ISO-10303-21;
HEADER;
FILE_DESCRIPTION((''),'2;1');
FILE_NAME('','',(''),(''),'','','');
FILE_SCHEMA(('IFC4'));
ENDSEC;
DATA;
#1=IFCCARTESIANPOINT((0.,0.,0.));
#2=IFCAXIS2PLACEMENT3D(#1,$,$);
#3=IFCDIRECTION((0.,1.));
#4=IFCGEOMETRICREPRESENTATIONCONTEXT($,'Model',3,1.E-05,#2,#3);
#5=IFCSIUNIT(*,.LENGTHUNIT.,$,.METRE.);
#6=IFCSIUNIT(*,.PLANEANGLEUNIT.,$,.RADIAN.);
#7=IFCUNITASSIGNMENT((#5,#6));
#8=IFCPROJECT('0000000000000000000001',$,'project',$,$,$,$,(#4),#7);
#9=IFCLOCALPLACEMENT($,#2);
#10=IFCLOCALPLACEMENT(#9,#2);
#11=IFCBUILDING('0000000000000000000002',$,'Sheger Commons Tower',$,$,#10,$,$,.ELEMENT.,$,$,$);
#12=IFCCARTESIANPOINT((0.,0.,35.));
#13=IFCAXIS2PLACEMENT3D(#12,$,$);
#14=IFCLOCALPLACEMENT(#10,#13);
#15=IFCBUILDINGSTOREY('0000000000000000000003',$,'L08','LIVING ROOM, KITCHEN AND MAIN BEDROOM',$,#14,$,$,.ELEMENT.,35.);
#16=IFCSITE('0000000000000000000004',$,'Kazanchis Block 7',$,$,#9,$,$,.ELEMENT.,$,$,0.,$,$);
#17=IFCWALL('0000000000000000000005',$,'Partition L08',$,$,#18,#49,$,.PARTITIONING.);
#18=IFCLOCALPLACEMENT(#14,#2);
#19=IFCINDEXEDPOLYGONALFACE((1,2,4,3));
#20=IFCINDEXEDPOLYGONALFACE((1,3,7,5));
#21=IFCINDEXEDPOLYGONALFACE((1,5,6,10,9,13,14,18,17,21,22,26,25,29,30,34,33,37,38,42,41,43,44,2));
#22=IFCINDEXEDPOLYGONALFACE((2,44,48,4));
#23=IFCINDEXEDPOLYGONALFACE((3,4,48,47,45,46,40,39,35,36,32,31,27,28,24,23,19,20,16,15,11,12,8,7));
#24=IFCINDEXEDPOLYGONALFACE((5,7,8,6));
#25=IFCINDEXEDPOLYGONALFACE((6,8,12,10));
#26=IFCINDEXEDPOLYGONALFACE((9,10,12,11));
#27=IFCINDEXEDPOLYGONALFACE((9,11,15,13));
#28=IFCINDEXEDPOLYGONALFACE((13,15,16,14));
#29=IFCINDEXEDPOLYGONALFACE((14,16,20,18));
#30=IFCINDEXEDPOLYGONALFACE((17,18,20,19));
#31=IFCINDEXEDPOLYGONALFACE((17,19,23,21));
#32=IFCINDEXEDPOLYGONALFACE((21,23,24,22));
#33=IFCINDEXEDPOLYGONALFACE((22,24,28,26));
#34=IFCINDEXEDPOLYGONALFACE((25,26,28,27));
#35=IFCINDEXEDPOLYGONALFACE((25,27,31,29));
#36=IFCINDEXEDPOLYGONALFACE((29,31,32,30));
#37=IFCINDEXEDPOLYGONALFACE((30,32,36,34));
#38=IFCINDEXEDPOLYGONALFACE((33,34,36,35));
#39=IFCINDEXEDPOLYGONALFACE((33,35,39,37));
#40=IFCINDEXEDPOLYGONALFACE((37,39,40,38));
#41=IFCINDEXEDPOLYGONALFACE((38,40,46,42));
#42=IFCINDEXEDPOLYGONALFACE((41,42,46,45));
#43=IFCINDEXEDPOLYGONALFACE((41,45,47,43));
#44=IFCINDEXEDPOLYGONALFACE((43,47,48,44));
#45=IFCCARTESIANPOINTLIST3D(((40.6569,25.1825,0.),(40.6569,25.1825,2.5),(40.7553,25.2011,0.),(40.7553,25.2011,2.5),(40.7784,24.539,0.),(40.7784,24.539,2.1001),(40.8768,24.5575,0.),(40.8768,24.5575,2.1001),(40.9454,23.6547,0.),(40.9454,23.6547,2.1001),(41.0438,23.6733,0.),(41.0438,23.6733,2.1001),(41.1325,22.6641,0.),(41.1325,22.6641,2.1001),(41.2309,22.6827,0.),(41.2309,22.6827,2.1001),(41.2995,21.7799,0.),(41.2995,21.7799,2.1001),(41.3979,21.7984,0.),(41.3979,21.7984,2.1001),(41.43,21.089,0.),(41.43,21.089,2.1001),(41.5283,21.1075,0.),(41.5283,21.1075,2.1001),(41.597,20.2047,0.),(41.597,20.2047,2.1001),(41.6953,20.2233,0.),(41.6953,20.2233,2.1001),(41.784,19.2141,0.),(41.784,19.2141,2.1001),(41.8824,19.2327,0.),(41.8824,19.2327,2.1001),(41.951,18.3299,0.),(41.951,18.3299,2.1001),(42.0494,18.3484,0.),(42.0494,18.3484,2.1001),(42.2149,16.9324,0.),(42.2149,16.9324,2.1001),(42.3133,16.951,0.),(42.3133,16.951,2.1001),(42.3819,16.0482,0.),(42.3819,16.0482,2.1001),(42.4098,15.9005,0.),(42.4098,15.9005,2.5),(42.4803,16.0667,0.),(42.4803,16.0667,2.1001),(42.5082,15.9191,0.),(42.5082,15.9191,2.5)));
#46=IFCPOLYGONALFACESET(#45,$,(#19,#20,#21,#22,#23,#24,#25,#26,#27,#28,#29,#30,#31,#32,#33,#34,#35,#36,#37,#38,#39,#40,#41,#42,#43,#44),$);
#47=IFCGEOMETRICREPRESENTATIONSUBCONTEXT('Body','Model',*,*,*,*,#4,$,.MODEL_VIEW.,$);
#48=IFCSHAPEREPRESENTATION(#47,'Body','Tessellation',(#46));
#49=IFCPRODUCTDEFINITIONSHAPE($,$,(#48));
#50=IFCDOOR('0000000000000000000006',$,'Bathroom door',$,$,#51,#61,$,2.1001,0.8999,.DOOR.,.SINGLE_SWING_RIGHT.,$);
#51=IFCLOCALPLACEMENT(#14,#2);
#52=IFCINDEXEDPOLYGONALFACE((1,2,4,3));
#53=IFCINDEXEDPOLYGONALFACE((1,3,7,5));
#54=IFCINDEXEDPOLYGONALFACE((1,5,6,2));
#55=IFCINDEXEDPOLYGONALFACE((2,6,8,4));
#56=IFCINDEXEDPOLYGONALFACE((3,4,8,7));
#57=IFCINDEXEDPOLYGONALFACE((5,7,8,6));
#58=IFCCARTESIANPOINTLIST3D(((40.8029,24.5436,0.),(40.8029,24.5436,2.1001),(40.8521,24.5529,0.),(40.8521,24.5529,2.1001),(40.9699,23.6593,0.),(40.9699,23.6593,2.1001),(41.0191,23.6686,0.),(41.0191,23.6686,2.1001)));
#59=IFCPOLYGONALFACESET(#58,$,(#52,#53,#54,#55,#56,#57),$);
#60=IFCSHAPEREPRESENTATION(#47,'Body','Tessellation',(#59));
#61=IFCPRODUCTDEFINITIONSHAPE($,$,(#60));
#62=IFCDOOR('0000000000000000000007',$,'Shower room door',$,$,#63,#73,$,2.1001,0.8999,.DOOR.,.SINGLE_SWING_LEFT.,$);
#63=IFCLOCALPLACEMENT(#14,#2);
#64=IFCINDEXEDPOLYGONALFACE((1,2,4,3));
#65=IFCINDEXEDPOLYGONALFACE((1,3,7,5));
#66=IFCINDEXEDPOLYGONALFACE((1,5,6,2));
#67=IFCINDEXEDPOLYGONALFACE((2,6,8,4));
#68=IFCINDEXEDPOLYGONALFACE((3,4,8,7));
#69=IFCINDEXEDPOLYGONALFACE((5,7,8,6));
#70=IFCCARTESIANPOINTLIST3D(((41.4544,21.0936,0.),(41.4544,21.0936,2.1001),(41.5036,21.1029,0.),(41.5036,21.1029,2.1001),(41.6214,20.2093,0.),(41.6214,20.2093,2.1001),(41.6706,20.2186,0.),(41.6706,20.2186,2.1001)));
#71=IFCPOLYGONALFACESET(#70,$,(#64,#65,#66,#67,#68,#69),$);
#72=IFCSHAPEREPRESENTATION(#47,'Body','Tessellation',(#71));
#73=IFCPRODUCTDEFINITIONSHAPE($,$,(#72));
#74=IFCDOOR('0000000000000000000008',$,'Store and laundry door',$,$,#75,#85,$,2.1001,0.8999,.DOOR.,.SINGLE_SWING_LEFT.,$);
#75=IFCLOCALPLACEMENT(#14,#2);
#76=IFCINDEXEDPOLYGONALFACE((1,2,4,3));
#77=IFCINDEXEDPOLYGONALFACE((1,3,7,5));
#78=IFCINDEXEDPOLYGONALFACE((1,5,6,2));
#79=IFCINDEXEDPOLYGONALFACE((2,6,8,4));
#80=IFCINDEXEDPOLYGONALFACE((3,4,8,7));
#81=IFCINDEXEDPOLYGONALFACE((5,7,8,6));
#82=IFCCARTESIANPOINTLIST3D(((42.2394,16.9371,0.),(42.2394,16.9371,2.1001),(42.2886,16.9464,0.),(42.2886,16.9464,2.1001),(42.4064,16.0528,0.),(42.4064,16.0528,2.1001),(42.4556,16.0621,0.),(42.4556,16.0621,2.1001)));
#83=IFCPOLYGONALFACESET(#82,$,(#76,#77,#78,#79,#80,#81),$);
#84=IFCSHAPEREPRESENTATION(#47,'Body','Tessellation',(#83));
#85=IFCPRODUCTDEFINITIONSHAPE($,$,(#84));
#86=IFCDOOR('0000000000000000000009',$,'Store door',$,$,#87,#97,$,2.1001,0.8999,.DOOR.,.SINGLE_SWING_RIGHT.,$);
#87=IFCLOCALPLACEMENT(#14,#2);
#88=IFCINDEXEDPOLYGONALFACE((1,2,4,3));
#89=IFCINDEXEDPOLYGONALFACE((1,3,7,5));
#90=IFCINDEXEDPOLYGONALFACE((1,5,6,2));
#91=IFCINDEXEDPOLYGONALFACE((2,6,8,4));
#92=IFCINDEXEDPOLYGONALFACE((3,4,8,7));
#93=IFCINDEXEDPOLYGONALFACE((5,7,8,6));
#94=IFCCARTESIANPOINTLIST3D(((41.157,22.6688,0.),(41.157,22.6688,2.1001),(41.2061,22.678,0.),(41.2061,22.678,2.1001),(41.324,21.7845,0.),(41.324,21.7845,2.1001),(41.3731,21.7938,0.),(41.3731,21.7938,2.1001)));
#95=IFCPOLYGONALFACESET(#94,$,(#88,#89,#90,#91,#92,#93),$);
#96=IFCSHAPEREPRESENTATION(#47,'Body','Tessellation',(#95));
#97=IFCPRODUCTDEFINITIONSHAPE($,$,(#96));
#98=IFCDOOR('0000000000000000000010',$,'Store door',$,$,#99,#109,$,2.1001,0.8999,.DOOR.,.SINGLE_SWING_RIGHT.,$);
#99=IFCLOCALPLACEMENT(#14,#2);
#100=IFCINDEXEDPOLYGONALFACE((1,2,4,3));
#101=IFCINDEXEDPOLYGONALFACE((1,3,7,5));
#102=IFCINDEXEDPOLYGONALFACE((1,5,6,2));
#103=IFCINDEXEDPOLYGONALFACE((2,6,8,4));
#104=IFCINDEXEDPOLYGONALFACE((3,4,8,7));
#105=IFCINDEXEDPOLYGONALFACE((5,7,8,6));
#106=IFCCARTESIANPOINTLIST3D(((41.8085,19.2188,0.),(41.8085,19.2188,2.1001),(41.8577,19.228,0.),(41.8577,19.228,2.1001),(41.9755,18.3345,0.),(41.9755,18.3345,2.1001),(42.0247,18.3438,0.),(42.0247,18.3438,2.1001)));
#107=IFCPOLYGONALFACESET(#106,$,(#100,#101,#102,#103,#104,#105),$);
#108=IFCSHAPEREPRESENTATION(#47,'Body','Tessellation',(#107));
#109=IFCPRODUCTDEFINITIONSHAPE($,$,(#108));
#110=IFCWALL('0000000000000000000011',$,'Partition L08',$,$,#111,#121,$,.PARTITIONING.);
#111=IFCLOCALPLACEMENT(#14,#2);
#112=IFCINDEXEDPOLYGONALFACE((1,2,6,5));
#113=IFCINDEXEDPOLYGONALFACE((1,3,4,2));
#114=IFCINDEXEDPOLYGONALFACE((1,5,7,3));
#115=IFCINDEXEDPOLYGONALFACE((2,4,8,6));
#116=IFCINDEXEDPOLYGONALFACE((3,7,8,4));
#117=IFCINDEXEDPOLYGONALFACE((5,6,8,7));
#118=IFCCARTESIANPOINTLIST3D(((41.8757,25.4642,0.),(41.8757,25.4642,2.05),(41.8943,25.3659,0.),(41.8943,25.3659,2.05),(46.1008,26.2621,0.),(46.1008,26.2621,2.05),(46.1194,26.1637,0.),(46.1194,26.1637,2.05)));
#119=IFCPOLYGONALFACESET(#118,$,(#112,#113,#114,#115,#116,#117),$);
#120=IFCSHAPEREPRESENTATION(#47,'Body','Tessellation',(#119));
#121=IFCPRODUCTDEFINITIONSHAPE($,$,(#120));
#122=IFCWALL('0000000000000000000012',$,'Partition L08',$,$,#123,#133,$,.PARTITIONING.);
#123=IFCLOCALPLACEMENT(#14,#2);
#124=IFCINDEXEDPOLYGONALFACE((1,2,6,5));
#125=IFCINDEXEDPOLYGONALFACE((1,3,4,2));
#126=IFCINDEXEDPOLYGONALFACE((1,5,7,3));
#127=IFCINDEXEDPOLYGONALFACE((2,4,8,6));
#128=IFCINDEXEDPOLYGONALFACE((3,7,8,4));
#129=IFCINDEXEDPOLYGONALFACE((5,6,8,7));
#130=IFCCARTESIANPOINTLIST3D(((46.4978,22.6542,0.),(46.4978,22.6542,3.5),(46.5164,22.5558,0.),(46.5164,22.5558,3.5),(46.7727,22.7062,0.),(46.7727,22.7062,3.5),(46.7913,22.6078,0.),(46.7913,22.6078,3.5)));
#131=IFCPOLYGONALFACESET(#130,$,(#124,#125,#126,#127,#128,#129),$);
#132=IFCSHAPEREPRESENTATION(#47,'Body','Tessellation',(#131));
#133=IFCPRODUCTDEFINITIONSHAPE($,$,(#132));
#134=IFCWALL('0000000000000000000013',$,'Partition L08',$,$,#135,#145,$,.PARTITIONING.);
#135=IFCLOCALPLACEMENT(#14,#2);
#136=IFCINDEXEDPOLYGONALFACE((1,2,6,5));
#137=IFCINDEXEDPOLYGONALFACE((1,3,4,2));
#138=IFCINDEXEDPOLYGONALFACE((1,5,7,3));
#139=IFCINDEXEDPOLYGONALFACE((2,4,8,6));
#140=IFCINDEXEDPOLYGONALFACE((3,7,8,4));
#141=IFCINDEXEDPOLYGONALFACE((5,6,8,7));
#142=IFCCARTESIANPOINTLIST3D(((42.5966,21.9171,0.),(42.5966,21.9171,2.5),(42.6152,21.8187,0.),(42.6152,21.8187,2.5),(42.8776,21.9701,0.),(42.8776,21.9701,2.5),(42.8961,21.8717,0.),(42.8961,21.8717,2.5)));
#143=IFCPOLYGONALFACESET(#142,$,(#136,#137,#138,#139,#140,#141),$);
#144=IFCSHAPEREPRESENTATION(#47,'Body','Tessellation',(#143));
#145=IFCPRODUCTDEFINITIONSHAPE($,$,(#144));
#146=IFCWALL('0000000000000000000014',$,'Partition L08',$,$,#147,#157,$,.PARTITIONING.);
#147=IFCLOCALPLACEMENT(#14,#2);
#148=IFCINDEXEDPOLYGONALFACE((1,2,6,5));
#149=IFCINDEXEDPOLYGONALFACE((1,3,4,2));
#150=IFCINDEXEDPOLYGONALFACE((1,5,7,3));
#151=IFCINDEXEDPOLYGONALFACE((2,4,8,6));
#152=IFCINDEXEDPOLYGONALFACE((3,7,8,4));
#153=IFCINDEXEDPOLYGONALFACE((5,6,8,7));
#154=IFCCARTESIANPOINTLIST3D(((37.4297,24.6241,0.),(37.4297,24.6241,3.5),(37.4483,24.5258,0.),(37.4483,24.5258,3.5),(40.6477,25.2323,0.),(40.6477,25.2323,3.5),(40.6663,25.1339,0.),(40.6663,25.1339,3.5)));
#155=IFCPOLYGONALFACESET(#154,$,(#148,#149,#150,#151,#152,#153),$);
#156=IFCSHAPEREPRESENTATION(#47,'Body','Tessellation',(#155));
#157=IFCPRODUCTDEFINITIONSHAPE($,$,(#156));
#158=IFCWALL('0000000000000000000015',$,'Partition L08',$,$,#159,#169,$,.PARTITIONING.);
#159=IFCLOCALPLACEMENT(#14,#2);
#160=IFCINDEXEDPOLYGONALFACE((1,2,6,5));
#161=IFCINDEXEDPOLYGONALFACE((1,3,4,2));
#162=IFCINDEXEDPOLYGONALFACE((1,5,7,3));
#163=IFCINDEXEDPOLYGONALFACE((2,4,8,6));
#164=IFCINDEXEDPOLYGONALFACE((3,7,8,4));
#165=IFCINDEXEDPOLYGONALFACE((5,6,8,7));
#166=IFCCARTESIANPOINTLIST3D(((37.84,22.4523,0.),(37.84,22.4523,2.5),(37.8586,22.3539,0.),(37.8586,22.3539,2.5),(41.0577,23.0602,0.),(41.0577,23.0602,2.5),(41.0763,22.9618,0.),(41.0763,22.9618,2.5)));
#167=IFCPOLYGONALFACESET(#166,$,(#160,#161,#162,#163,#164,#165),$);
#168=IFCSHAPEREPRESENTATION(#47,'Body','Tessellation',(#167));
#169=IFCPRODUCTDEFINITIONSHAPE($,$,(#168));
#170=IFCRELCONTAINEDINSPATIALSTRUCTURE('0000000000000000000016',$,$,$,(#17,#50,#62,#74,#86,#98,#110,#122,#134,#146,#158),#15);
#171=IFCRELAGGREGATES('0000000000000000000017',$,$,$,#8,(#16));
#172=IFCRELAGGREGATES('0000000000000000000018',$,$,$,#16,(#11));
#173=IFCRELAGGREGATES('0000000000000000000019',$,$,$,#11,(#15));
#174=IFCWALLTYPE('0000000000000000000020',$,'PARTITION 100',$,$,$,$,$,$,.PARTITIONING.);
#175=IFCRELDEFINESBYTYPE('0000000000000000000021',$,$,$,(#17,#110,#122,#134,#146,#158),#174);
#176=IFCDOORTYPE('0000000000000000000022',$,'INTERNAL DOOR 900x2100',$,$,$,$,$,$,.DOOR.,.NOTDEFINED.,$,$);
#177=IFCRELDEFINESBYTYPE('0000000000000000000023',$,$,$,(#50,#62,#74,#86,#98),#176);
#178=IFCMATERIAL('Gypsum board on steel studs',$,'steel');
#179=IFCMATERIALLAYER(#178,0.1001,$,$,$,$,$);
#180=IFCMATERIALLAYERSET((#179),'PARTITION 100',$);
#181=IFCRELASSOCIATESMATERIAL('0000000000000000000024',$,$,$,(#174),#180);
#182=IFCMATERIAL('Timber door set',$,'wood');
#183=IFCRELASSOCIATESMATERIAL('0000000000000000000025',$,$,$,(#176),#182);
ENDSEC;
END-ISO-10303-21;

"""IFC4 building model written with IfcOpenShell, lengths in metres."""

from ifc_helpers import new_model, si_unit, direction, frame, frame_2d, origin, place, context, subcontext, project, spatial, rectangle, extrude, material, layer, layer_set, type_object, element, fill, save


model = new_model("IFC4")

# Units and contexts
model_context = context("Model", 3, precision=1e-05, world=origin(), true_north=direction((0.0, 1.0)))
body_context = subcontext(model_context, "Body", "Model", "MODEL_VIEW")
ifc_project = project(units=[si_unit("LENGTHUNIT", "METRE"), si_unit("PLANEANGLEUNIT", "RADIAN")], contexts=[model_context])

# Site, building, storey
site_placement = place(None, origin())
site = spatial("IfcSite", under=ifc_project, at=site_placement, Name="Kazanchis Block 7", CompositionType="ELEMENT", RefElevation=0.0)
building_placement = place(site_placement, origin())
building = spatial("IfcBuilding", under=site, at=building_placement, Name="Sheger Commons Tower", CompositionType="ELEMENT")
storey_placement = place(building_placement, frame((0.0, 0.0, 35.0)))
storey = spatial("IfcBuildingStorey", under=building, at=storey_placement, Name="L08", Description="LIVING ROOM, KITCHEN AND MAIN BEDROOM", CompositionType="ELEMENT", Elevation=35.0)

# Wall, openings, doors
ifc_material_1 = material(Name="Gypsum board on steel studs", Category="steel")
ifc_layer_1 = layer(ifc_material_1, 0.1001)
ifc_layer_set_1 = layer_set([ifc_layer_1], Name="PARTITION 100")
wall_type_1 = type_object("IfcWallType", Name="PARTITION 100", PredefinedType="PARTITIONING", material=ifc_layer_set_1)
ifc_material_2 = material(Name="Timber door set", Category="wood")
door_type = type_object("IfcDoorType", Name="INTERNAL DOOR 900x2100", OperationType="NOTDEFINED", PredefinedType="DOOR", material=ifc_material_2)
wall_1_placement = place(storey_placement, frame((40.7061, 25.1919, 0.0), z_axis=(0.0, 0.0, 1.0), x_axis=(0.185573, -0.982631, 0.0)))
wall_1 = element("IfcWall", 1, at=wall_1_placement, inside=storey, type_object=wall_type_1, Name="Partition L08", PredefinedType="PARTITIONING", context=body_context, shape_type="SweptSolid", body=[
    extrude(rectangle(XDim=9.446, YDim=0.1001, at=frame_2d((4.7231, 0.0))), origin(), (0.0, 0.0, 1.0), 2.5),
])
opening_1_placement = place(wall_1_placement, frame((0.655, 0.0, 0.0)))
opening_1 = element("IfcOpeningElement", 2, at=opening_1_placement, cuts=wall_1, PredefinedType="OPENING", context=body_context, shape_type="SweptSolid", body=[
    extrude(rectangle(XDim=0.8999, YDim=2.1001, at=frame_2d((0.45, 1.05))), frame((0.0, 0.0601, 0.0), z_axis=(0.0, -1.0, 0.0), x_axis=(1.0, 0.0, 0.0)), (0.0, 0.0, 1.0), 0.1201),
])
opening_2_placement = place(wall_1_placement, frame((4.166, 0.0, 0.0)))
opening_2 = element("IfcOpeningElement", 3, at=opening_2_placement, cuts=wall_1, PredefinedType="OPENING", context=body_context, shape_type="SweptSolid", body=[
    extrude(rectangle(XDim=0.8999, YDim=2.1001, at=frame_2d((0.45, 1.05))), frame((0.0, 0.0601, 0.0), z_axis=(0.0, -1.0, 0.0), x_axis=(1.0, 0.0, 0.0)), (0.0, 0.0, 1.0), 0.1201),
])
opening_3_placement = place(wall_1_placement, frame((8.396, 0.0, 0.0)))
opening_3 = element("IfcOpeningElement", 4, at=opening_3_placement, cuts=wall_1, PredefinedType="OPENING", context=body_context, shape_type="SweptSolid", body=[
    extrude(rectangle(XDim=0.8999, YDim=2.1001, at=frame_2d((0.45, 1.05))), frame((0.0, 0.0601, 0.0), z_axis=(0.0, -1.0, 0.0), x_axis=(1.0, 0.0, 0.0)), (0.0, 0.0, 1.0), 0.1201),
])
opening_4_placement = place(wall_1_placement, frame((2.563, 0.0, 0.0)))
opening_4 = element("IfcOpeningElement", 5, at=opening_4_placement, cuts=wall_1, PredefinedType="OPENING", context=body_context, shape_type="SweptSolid", body=[
    extrude(rectangle(XDim=0.8999, YDim=2.1001, at=frame_2d((0.45, 1.05))), frame((0.0, 0.0601, 0.0), z_axis=(0.0, -1.0, 0.0), x_axis=(1.0, 0.0, 0.0)), (0.0, 0.0, 1.0), 0.1201),
])
opening_5_placement = place(wall_1_placement, frame((6.074, 0.0, 0.0)))
opening_5 = element("IfcOpeningElement", 6, at=opening_5_placement, cuts=wall_1, PredefinedType="OPENING", context=body_context, shape_type="SweptSolid", body=[
    extrude(rectangle(XDim=0.8999, YDim=2.1001, at=frame_2d((0.45, 1.05))), frame((0.0, 0.0601, 0.0), z_axis=(0.0, -1.0, 0.0), x_axis=(1.0, 0.0, 0.0)), (0.0, 0.0, 1.0), 0.1201),
])
door_1_placement = place(opening_1_placement, origin())
door_1 = element("IfcDoor", 7, at=door_1_placement, inside=storey, type_object=door_type, Name="Bathroom door", OperationType="SINGLE_SWING_RIGHT", OverallHeight=2.1001, OverallWidth=0.8999, PredefinedType="DOOR", context=body_context, shape_type="SweptSolid", body=[
    extrude(rectangle(XDim=0.8999, YDim=2.1001, at=frame_2d((0.45, 1.05))), frame((0.0, 0.0249, 0.0), z_axis=(0.0, -1.0, 0.0), x_axis=(1.0, 0.0, 0.0)), (0.0, 0.0, 1.0), 0.05),
])
fill(opening_1, door_1)
door_2_placement = place(opening_2_placement, origin())
door_2 = element("IfcDoor", 8, at=door_2_placement, inside=storey, type_object=door_type, Name="Shower room door", OperationType="SINGLE_SWING_LEFT", OverallHeight=2.1001, OverallWidth=0.8999, PredefinedType="DOOR", context=body_context, shape_type="SweptSolid", body=[
    extrude(rectangle(XDim=0.8999, YDim=2.1001, at=frame_2d((0.45, 1.05))), frame((0.0, 0.0249, 0.0), z_axis=(0.0, -1.0, 0.0), x_axis=(1.0, 0.0, 0.0)), (0.0, 0.0, 1.0), 0.05),
])
fill(opening_2, door_2)
door_3_placement = place(opening_3_placement, origin())
door_3 = element("IfcDoor", 9, at=door_3_placement, inside=storey, type_object=door_type, Name="Store and laundry door", OperationType="SINGLE_SWING_LEFT", OverallHeight=2.1001, OverallWidth=0.8999, PredefinedType="DOOR", context=body_context, shape_type="SweptSolid", body=[
    extrude(rectangle(XDim=0.8999, YDim=2.1001, at=frame_2d((0.45, 1.05))), frame((0.0, 0.0249, 0.0), z_axis=(0.0, -1.0, 0.0), x_axis=(1.0, 0.0, 0.0)), (0.0, 0.0, 1.0), 0.05),
])
fill(opening_3, door_3)
door_4_placement = place(opening_4_placement, origin())
door_4 = element("IfcDoor", 10, at=door_4_placement, inside=storey, type_object=door_type, Name="Store door", OperationType="SINGLE_SWING_RIGHT", OverallHeight=2.1001, OverallWidth=0.8999, PredefinedType="DOOR", context=body_context, shape_type="SweptSolid", body=[
    extrude(rectangle(XDim=0.8999, YDim=2.1001, at=frame_2d((0.45, 1.05))), frame((0.0, 0.0249, 0.0), z_axis=(0.0, -1.0, 0.0), x_axis=(1.0, 0.0, 0.0)), (0.0, 0.0, 1.0), 0.05),
])
fill(opening_4, door_4)
door_5_placement = place(opening_5_placement, origin())
door_5 = element("IfcDoor", 11, at=door_5_placement, inside=storey, type_object=door_type, Name="Store door", OperationType="SINGLE_SWING_RIGHT", OverallHeight=2.1001, OverallWidth=0.8999, PredefinedType="DOOR", context=body_context, shape_type="SweptSolid", body=[
    extrude(rectangle(XDim=0.8999, YDim=2.1001, at=frame_2d((0.45, 1.05))), frame((0.0, 0.0249, 0.0), z_axis=(0.0, -1.0, 0.0), x_axis=(1.0, 0.0, 0.0)), (0.0, 0.0, 1.0), 0.05),
])
fill(opening_5, door_5)

# Walls
wall_2_placement = place(storey_placement, frame((46.1101, 26.2129, 0.0), z_axis=(0.0, 0.0, 1.0), x_axis=(-0.982634, -0.185557, 0.0)))
element("IfcWall", 12, at=wall_2_placement, inside=storey, type_object=wall_type_1, Name="Partition L08", PredefinedType="PARTITIONING", context=body_context, shape_type="SweptSolid", body=[
    extrude(rectangle(XDim=4.2998, YDim=0.1001, at=frame_2d((2.1499, 0.0))), origin(), (0.0, 0.0, 1.0), 2.05),
])
wall_3_placement = place(storey_placement, frame((46.782, 22.657, 0.0), z_axis=(0.0, 0.0, 1.0), x_axis=(-0.982575, -0.185869, 0.0)))
element("IfcWall", 13, at=wall_3_placement, inside=storey, type_object=wall_type_1, Name="Partition L08", PredefinedType="PARTITIONING", context=body_context, shape_type="SweptSolid", body=[
    extrude(rectangle(XDim=0.2798, YDim=0.1001, at=frame_2d((0.1399, 0.0))), origin(), (0.0, 0.0, 1.0), 3.5),
])
wall_4_placement = place(storey_placement, frame((42.887, 21.9209, 0.0), z_axis=(0.0, 0.0, 1.0), x_axis=(-0.982688, -0.185268, 0.0)))
element("IfcWall", 14, at=wall_4_placement, inside=storey, type_object=wall_type_1, Name="Partition L08", PredefinedType="PARTITIONING", context=body_context, shape_type="SweptSolid", body=[
    extrude(rectangle(XDim=0.2859, YDim=0.1001, at=frame_2d((0.1431, 0.0))), origin(), (0.0, 0.0, 1.0), 2.5),
])
wall_5_placement = place(storey_placement, frame((40.657, 25.1831, 0.0), z_axis=(0.0, 0.0, 1.0), x_axis=(-0.982607, -0.185697, 0.0)))
element("IfcWall", 15, at=wall_5_placement, inside=storey, type_object=wall_type_1, Name="Partition L08", PredefinedType="PARTITIONING", context=body_context, shape_type="SweptSolid", body=[
    extrude(rectangle(XDim=3.2749, YDim=0.1001, at=frame_2d((1.6375, 0.0))), origin(), (0.0, 0.0, 1.0), 3.5),
])
wall_6_placement = place(storey_placement, frame((41.0669, 23.011, 0.0), z_axis=(0.0, 0.0, 1.0), x_axis=(-0.982618, -0.185639, 0.0)))
element("IfcWall", 16, at=wall_6_placement, inside=storey, type_object=wall_type_1, Name="Partition L08", PredefinedType="PARTITIONING", context=body_context, shape_type="SweptSolid", body=[
    extrude(rectangle(XDim=3.2747, YDim=0.1001, at=frame_2d((1.6372, 0.0))), origin(), (0.0, 0.0, 1.0), 2.5),
])

save(model, "model.ifc")
